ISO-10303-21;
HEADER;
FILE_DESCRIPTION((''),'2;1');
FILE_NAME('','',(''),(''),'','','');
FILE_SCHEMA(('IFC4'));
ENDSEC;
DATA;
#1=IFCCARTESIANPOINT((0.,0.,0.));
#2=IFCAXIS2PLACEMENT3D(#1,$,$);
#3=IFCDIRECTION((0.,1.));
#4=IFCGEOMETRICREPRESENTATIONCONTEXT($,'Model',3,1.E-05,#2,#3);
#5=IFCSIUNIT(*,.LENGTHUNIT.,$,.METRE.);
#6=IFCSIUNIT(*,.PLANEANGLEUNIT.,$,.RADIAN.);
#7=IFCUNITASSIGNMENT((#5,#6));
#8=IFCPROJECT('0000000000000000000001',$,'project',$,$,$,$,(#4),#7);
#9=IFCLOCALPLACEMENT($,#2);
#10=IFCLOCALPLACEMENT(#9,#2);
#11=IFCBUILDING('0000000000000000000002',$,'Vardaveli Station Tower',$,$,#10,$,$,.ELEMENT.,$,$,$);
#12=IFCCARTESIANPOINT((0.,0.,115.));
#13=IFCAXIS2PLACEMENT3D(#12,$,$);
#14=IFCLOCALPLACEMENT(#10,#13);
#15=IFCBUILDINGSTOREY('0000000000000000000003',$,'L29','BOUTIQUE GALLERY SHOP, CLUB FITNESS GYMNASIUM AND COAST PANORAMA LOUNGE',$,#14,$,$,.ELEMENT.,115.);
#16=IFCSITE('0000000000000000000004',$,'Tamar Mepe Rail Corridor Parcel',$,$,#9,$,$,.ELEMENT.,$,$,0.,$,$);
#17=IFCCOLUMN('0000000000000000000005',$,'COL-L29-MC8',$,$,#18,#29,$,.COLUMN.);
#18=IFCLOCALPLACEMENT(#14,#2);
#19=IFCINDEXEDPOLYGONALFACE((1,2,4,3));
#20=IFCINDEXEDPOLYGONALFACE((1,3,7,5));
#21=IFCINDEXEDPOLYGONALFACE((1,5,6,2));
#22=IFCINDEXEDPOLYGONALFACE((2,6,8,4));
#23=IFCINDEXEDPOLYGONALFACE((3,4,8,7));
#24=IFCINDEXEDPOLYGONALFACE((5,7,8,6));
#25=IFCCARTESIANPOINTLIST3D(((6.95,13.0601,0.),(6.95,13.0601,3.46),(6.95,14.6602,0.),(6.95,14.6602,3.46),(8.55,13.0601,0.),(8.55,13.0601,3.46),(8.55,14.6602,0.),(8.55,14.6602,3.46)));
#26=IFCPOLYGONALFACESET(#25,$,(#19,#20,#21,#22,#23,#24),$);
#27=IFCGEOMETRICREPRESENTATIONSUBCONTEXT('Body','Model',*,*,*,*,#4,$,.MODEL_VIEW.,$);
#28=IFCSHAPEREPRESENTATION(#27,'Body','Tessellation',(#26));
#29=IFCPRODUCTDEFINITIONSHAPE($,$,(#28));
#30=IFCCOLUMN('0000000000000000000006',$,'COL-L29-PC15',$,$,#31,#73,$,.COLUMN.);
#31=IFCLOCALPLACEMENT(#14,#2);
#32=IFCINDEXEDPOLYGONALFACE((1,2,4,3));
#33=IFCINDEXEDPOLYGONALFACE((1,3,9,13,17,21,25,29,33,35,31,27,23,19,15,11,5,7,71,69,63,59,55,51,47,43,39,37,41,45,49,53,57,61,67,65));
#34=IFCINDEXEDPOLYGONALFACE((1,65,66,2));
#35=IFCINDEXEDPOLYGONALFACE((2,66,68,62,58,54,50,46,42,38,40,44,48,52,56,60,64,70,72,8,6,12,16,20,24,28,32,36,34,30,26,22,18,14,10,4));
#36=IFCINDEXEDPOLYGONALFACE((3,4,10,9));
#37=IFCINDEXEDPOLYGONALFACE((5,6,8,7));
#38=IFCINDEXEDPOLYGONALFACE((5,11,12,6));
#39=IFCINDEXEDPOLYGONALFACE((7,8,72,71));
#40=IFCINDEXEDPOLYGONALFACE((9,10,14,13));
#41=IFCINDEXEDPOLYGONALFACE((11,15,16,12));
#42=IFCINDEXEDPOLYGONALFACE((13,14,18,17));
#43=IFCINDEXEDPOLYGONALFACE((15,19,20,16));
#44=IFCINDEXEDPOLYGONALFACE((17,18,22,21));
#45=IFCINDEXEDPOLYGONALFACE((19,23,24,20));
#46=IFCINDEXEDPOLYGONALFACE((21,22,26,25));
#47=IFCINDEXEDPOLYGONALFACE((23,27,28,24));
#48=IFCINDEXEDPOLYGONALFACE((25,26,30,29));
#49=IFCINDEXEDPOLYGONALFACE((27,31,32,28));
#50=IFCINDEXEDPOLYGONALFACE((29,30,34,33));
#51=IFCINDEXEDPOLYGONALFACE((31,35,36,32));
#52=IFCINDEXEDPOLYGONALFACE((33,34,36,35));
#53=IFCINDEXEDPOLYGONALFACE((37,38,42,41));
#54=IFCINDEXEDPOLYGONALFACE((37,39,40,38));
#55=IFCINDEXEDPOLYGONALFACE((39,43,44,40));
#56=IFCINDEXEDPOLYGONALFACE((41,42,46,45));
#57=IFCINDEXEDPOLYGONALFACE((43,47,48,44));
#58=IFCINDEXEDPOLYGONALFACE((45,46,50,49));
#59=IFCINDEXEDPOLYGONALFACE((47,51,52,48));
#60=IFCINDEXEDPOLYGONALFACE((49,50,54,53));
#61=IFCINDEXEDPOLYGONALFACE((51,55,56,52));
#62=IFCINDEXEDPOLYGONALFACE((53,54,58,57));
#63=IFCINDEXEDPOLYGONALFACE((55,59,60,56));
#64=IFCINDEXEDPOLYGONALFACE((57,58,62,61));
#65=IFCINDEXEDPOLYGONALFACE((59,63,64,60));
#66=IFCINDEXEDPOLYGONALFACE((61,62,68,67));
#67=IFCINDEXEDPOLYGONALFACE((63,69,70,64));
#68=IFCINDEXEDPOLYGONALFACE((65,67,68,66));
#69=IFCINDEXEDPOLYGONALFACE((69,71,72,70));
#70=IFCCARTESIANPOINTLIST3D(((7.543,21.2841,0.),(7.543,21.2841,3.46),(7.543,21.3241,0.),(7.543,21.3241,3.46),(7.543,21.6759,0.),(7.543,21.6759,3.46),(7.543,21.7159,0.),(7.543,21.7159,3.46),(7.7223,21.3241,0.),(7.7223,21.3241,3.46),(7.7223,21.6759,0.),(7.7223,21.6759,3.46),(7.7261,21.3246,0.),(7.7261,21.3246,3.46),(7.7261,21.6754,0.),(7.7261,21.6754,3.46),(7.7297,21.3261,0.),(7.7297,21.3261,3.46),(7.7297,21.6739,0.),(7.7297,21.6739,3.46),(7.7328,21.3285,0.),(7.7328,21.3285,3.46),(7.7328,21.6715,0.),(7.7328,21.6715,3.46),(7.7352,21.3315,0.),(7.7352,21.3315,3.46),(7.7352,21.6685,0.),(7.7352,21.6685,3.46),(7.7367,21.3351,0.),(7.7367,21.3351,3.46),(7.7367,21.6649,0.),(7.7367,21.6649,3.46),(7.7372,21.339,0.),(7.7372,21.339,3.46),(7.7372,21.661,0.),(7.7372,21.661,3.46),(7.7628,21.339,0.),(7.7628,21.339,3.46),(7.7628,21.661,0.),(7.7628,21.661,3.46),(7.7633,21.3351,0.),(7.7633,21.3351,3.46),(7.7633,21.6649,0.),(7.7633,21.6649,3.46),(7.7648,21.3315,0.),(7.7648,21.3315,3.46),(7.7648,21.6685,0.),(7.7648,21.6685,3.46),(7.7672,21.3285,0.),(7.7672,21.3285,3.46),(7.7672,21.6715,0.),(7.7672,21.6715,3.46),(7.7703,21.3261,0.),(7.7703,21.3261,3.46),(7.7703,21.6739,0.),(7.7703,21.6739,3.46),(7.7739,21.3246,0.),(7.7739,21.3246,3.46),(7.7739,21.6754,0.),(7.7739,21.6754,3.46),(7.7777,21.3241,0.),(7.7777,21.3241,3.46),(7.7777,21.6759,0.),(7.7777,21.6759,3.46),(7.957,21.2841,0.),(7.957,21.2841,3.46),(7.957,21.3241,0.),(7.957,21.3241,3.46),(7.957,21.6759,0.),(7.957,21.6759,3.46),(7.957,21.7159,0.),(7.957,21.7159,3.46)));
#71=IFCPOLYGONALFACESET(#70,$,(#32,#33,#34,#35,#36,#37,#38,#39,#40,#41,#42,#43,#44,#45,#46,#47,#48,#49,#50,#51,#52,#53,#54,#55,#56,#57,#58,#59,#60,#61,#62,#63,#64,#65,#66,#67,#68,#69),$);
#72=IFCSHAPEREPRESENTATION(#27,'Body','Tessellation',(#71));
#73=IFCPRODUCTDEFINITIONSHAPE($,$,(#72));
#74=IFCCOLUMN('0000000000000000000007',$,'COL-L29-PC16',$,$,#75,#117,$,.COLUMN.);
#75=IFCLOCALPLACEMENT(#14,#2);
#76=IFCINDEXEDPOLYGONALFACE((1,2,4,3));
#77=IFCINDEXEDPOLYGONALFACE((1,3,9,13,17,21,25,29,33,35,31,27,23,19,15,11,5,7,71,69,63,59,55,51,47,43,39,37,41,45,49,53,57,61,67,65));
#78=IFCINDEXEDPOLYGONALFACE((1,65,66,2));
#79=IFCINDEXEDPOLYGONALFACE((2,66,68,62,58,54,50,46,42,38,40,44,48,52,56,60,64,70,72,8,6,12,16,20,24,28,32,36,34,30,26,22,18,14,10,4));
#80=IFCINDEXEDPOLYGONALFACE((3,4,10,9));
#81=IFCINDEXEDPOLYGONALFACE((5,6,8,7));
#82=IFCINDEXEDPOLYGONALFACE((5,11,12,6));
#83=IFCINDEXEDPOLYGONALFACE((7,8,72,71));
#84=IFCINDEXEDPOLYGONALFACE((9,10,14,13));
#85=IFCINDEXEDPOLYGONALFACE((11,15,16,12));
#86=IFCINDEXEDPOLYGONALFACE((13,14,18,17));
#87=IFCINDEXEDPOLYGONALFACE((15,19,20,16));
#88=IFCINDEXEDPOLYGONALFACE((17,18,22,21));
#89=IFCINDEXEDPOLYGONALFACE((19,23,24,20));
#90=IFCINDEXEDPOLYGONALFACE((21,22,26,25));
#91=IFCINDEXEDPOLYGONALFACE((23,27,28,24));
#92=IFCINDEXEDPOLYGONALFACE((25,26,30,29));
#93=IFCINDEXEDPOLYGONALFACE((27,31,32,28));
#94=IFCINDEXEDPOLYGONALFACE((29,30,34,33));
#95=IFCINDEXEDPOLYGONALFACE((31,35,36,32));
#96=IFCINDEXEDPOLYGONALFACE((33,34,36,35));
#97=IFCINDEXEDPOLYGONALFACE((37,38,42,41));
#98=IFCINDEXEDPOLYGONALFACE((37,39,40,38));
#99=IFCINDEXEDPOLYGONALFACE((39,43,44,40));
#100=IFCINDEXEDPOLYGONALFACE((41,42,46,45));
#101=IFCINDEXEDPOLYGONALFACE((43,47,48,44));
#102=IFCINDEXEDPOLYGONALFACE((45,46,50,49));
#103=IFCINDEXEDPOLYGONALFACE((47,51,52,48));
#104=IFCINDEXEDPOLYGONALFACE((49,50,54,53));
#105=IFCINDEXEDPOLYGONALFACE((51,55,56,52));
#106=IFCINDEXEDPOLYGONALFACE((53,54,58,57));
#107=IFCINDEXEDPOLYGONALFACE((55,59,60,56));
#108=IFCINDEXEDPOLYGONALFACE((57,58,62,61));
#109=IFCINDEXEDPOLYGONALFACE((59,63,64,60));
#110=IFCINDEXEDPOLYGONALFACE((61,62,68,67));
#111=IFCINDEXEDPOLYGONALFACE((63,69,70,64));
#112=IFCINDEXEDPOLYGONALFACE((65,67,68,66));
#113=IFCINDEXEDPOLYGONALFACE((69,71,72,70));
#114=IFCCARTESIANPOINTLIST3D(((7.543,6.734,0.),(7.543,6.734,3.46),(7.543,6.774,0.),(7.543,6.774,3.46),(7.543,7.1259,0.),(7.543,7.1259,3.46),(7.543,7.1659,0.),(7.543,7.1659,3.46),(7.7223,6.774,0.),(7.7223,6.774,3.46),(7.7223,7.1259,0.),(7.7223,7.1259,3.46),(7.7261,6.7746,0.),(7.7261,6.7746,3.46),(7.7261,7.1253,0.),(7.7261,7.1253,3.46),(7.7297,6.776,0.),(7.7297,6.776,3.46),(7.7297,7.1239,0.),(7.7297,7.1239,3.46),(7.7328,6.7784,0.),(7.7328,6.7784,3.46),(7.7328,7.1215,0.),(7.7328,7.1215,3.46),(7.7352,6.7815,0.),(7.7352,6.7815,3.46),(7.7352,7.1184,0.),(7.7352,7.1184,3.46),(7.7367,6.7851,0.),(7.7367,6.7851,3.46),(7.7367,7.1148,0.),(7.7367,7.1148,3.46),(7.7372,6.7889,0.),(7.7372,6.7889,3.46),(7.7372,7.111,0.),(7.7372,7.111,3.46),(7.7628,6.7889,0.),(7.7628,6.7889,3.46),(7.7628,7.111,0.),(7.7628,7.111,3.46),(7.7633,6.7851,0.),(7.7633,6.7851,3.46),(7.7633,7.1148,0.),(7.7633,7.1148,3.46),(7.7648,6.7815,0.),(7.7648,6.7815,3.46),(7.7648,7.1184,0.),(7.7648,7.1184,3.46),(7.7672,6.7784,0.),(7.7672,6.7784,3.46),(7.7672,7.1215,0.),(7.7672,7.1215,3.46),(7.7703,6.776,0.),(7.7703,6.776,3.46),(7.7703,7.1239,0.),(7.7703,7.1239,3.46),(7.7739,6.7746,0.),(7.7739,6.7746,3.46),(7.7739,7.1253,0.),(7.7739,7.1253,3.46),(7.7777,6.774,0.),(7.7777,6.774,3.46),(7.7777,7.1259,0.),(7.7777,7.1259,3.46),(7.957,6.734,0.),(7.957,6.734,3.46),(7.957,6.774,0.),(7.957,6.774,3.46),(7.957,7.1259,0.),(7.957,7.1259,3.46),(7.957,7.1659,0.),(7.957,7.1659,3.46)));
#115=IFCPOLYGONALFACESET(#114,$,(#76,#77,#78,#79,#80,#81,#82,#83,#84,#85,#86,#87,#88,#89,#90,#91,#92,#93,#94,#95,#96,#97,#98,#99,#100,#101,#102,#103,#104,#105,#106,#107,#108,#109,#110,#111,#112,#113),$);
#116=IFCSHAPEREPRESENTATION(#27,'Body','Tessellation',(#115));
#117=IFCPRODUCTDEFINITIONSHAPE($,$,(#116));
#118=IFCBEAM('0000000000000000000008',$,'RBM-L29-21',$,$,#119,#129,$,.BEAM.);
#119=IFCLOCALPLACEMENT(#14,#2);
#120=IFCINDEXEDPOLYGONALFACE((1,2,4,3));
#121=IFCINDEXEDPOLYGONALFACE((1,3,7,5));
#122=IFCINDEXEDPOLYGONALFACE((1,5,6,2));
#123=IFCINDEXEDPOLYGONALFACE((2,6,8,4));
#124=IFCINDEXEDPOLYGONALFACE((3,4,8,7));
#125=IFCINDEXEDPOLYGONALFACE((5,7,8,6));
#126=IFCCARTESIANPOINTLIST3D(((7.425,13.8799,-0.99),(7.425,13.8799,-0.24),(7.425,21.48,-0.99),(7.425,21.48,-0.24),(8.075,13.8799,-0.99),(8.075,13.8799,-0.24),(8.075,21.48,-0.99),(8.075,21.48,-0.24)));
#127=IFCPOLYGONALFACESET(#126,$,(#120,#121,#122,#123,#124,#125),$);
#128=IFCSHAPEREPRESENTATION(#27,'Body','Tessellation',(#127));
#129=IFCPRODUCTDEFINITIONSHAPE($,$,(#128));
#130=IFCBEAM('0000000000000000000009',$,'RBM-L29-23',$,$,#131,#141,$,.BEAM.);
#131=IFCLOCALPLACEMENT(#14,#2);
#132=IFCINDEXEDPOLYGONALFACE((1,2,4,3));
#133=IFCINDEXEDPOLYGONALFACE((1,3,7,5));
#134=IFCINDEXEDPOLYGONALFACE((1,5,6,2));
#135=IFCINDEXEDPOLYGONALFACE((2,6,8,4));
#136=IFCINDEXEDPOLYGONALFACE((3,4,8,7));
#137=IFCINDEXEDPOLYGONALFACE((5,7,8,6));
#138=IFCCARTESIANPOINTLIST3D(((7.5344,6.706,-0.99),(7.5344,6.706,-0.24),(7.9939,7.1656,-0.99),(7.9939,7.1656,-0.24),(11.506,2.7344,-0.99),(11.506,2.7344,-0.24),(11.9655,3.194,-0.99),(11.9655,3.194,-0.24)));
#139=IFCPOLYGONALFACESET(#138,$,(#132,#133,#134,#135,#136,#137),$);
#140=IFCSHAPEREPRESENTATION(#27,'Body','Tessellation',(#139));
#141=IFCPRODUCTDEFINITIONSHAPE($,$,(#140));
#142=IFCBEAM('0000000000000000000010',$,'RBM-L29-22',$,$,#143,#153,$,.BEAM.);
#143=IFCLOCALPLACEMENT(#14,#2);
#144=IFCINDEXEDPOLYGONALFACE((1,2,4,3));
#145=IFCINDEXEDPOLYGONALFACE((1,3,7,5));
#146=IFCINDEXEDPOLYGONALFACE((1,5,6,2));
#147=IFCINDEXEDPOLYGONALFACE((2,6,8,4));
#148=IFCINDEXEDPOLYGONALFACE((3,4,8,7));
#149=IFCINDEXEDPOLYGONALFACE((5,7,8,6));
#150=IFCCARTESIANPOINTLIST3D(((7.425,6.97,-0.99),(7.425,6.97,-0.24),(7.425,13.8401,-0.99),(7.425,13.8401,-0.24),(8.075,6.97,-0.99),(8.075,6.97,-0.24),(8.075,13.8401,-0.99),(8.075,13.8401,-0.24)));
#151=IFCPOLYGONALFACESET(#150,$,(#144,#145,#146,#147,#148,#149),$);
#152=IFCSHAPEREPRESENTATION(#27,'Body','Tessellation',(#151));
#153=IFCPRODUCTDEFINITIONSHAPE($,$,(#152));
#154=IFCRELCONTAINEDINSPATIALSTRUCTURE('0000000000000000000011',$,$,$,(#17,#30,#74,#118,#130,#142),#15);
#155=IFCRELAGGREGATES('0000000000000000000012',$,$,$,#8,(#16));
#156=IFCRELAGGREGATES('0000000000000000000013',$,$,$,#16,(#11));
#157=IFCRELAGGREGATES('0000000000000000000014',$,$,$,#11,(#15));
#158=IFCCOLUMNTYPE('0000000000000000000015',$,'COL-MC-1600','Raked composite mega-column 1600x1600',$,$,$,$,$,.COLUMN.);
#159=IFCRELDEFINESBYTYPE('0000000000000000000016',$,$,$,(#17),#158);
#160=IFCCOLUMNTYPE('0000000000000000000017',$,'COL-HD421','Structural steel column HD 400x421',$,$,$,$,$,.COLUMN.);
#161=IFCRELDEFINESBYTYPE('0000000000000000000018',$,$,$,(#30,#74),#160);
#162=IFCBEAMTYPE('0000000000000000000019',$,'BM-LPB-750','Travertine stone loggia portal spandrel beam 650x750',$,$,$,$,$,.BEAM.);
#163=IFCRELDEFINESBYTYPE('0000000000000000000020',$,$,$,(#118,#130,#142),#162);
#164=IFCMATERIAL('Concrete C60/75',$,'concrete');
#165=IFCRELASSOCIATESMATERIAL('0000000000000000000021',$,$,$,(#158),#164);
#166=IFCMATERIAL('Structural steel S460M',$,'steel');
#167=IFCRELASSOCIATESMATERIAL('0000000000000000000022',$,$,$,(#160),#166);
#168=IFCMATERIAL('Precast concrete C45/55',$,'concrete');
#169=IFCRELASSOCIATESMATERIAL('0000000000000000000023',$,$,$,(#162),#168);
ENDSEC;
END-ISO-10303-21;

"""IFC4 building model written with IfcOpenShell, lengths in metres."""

from ifc_helpers import new_model, si_unit, direction, frame, origin, origin_2d, place, context, subcontext, project, spatial, rectangle, i_section, extrude, source, transform, mapped, material, material_profile, profile_set, type_object, element, save


model = new_model("IFC4")

# Units and contexts
model_context = context("Model", 3, precision=1e-05, world=origin(), true_north=direction((0.0, 1.0)))
body_context = subcontext(model_context, "Body", "Model", "MODEL_VIEW")
ifc_project = project(units=[si_unit("LENGTHUNIT", "METRE"), si_unit("PLANEANGLEUNIT", "RADIAN")], contexts=[model_context])

# Site, building, storey
site_placement = place(None, origin())
site = spatial("IfcSite", under=ifc_project, at=site_placement, Name="Tamar Mepe Rail Corridor Parcel", CompositionType="ELEMENT", RefElevation=0.0)
building_placement = place(site_placement, origin())
building = spatial("IfcBuilding", under=site, at=building_placement, Name="Vardaveli Station Tower", CompositionType="ELEMENT")
storey_placement = place(building_placement, frame((0.0, 0.0, 115.0)))
storey = spatial("IfcBuildingStorey", under=building, at=storey_placement, Name="L29", Description="BOUTIQUE GALLERY SHOP, CLUB FITNESS GYMNASIUM AND COAST PANORAMA LOUNGE", CompositionType="ELEMENT", Elevation=115.0)

# Columns
ifc_material_1 = material(Name="Concrete C60/75", Category="concrete")
ifc_material_profile_1 = material_profile(ifc_material_1, rectangle(XDim=1.6001, YDim=1.6001, at=origin_2d()), Name="MC 1600x1600")
ifc_profile_set_1 = profile_set([ifc_material_profile_1], Name="Concrete C60/75")
column_type_1 = type_object("IfcColumnType", Name="COL-MC-1600", Description="Raked composite mega-column 1600x1600", PredefinedType="COLUMN", material=ifc_profile_set_1)
shared_shape_1 = source(origin(), body_context, "Body", "SweptSolid", [
    extrude(rectangle(XDim=1.6001, YDim=1.6001, at=origin_2d()), origin(), (0.0, 0.0, 1.0), 3.46),
])
column_placement = place(storey_placement, frame((7.75, 13.8601, 0.0), z_axis=(0.0, 0.0, 1.0), x_axis=(1.0, 0.0, 0.0)))
element("IfcColumn", 1, at=column_placement, inside=storey, type_object=column_type_1, Name="COL-L29-MC8", PredefinedType="COLUMN", context=body_context, shape_type="MappedRepresentation", body=[
    mapped(shared_shape_1, transform((0.0, 0.0, 0.0), scale=1.0)),
])
ifc_material_2 = material(Name="Structural steel S460M", Category="steel")
ifc_material_profile_2 = material_profile(ifc_material_2, i_section(OverallWidth=0.4141, OverallDepth=0.4319, WebThickness=0.0256, FlangeThickness=0.04, FilletRadius=0.0149, at=origin_2d()), Name="HD 400x421")
ifc_profile_set_2 = profile_set([ifc_material_profile_2], Name="Structural steel S460M")
column_type_2 = type_object("IfcColumnType", Name="COL-HD421", Description="Structural steel column HD 400x421", PredefinedType="COLUMN", material=ifc_profile_set_2)
shared_shape_2 = source(origin(), body_context, "Body", "SweptSolid", [
    extrude(i_section(OverallWidth=0.4141, OverallDepth=0.4319, WebThickness=0.0256, FlangeThickness=0.04, FilletRadius=0.0149, at=origin_2d()), origin(), (0.0, 0.0, 1.0), 3.46),
])
for number, where, z_axis, x_axis, name in (
    (2, (7.75, 21.5, 0.0), (0.0, 0.0, 1.0), (1.0, 0.0, 0.0), "COL-L29-PC15"),
    (3, (7.75, 6.95, 0.0), (0.0, 0.0, 1.0), (1.0, 0.0, 0.0), "COL-L29-PC16"),
):
    element("IfcColumn", number, at=place(storey_placement, frame(where, z_axis=z_axis, x_axis=x_axis)), inside=storey, type_object=column_type_2, Name=name, PredefinedType="COLUMN", context=body_context, shape_type="MappedRepresentation", body=[
        mapped(shared_shape_2, transform((0.0, 0.0, 0.0), scale=1.0)),
    ])

# Beams
ifc_material_3 = material(Name="Precast concrete C45/55", Category="concrete")
ifc_material_profile_3 = material_profile(ifc_material_3, rectangle(XDim=0.6499, YDim=0.75, at=origin_2d()), Name="LPB 650x750")
ifc_profile_set_3 = profile_set([ifc_material_profile_3], Name="Precast concrete C45/55")
beam_type_1 = type_object("IfcBeamType", Name="BM-LPB-750", Description="Travertine stone loggia portal spandrel beam 650x750", PredefinedType="BEAM", material=ifc_profile_set_3)
shared_shape_3 = source(origin(), body_context, "Body", "SweptSolid", [
    extrude(rectangle(XDim=0.6499, YDim=0.75, at=origin_2d()), origin(), (0.0, 0.0, 1.0), 7.6001),
])
beam_1_placement = place(storey_placement, frame((7.75, 21.48, -0.615), z_axis=(0.0, -1.0, 0.0), x_axis=(1.0, 0.0, 0.0)))
element("IfcBeam", 4, at=beam_1_placement, inside=storey, type_object=beam_type_1, Name="RBM-L29-21", PredefinedType="BEAM", context=body_context, shape_type="MappedRepresentation", body=[
    mapped(shared_shape_3, transform((0.0, 0.0, 0.0), scale=1.0)),
])
shared_shape_4 = source(origin(), body_context, "Body", "SweptSolid", [
    extrude(rectangle(XDim=0.6499, YDim=0.75, at=origin_2d()), origin(), (0.0, 0.0, 1.0), 5.6167),
])
beam_2_placement = place(storey_placement, frame((7.7642, 6.9358, -0.615), z_axis=(0.707107, -0.707107, 0.0), x_axis=(0.707107, 0.707107, 0.0)))
element("IfcBeam", 5, at=beam_2_placement, inside=storey, type_object=beam_type_1, Name="RBM-L29-23", PredefinedType="BEAM", context=body_context, shape_type="MappedRepresentation", body=[
    mapped(shared_shape_4, transform((0.0, 0.0, 0.0), scale=1.0)),
])
shared_shape_5 = source(origin(), body_context, "Body", "SweptSolid", [
    extrude(rectangle(XDim=0.6499, YDim=0.75, at=origin_2d()), origin(), (0.0, 0.0, 1.0), 6.8701),
])
beam_3_placement = place(storey_placement, frame((7.75, 13.8401, -0.615), z_axis=(0.0, -1.0, 0.0), x_axis=(1.0, 0.0, 0.0)))
element("IfcBeam", 6, at=beam_3_placement, inside=storey, type_object=beam_type_1, Name="RBM-L29-22", PredefinedType="BEAM", context=body_context, shape_type="MappedRepresentation", body=[
    mapped(shared_shape_5, transform((0.0, 0.0, 0.0), scale=1.0)),
])

save(model, "model.ifc")
